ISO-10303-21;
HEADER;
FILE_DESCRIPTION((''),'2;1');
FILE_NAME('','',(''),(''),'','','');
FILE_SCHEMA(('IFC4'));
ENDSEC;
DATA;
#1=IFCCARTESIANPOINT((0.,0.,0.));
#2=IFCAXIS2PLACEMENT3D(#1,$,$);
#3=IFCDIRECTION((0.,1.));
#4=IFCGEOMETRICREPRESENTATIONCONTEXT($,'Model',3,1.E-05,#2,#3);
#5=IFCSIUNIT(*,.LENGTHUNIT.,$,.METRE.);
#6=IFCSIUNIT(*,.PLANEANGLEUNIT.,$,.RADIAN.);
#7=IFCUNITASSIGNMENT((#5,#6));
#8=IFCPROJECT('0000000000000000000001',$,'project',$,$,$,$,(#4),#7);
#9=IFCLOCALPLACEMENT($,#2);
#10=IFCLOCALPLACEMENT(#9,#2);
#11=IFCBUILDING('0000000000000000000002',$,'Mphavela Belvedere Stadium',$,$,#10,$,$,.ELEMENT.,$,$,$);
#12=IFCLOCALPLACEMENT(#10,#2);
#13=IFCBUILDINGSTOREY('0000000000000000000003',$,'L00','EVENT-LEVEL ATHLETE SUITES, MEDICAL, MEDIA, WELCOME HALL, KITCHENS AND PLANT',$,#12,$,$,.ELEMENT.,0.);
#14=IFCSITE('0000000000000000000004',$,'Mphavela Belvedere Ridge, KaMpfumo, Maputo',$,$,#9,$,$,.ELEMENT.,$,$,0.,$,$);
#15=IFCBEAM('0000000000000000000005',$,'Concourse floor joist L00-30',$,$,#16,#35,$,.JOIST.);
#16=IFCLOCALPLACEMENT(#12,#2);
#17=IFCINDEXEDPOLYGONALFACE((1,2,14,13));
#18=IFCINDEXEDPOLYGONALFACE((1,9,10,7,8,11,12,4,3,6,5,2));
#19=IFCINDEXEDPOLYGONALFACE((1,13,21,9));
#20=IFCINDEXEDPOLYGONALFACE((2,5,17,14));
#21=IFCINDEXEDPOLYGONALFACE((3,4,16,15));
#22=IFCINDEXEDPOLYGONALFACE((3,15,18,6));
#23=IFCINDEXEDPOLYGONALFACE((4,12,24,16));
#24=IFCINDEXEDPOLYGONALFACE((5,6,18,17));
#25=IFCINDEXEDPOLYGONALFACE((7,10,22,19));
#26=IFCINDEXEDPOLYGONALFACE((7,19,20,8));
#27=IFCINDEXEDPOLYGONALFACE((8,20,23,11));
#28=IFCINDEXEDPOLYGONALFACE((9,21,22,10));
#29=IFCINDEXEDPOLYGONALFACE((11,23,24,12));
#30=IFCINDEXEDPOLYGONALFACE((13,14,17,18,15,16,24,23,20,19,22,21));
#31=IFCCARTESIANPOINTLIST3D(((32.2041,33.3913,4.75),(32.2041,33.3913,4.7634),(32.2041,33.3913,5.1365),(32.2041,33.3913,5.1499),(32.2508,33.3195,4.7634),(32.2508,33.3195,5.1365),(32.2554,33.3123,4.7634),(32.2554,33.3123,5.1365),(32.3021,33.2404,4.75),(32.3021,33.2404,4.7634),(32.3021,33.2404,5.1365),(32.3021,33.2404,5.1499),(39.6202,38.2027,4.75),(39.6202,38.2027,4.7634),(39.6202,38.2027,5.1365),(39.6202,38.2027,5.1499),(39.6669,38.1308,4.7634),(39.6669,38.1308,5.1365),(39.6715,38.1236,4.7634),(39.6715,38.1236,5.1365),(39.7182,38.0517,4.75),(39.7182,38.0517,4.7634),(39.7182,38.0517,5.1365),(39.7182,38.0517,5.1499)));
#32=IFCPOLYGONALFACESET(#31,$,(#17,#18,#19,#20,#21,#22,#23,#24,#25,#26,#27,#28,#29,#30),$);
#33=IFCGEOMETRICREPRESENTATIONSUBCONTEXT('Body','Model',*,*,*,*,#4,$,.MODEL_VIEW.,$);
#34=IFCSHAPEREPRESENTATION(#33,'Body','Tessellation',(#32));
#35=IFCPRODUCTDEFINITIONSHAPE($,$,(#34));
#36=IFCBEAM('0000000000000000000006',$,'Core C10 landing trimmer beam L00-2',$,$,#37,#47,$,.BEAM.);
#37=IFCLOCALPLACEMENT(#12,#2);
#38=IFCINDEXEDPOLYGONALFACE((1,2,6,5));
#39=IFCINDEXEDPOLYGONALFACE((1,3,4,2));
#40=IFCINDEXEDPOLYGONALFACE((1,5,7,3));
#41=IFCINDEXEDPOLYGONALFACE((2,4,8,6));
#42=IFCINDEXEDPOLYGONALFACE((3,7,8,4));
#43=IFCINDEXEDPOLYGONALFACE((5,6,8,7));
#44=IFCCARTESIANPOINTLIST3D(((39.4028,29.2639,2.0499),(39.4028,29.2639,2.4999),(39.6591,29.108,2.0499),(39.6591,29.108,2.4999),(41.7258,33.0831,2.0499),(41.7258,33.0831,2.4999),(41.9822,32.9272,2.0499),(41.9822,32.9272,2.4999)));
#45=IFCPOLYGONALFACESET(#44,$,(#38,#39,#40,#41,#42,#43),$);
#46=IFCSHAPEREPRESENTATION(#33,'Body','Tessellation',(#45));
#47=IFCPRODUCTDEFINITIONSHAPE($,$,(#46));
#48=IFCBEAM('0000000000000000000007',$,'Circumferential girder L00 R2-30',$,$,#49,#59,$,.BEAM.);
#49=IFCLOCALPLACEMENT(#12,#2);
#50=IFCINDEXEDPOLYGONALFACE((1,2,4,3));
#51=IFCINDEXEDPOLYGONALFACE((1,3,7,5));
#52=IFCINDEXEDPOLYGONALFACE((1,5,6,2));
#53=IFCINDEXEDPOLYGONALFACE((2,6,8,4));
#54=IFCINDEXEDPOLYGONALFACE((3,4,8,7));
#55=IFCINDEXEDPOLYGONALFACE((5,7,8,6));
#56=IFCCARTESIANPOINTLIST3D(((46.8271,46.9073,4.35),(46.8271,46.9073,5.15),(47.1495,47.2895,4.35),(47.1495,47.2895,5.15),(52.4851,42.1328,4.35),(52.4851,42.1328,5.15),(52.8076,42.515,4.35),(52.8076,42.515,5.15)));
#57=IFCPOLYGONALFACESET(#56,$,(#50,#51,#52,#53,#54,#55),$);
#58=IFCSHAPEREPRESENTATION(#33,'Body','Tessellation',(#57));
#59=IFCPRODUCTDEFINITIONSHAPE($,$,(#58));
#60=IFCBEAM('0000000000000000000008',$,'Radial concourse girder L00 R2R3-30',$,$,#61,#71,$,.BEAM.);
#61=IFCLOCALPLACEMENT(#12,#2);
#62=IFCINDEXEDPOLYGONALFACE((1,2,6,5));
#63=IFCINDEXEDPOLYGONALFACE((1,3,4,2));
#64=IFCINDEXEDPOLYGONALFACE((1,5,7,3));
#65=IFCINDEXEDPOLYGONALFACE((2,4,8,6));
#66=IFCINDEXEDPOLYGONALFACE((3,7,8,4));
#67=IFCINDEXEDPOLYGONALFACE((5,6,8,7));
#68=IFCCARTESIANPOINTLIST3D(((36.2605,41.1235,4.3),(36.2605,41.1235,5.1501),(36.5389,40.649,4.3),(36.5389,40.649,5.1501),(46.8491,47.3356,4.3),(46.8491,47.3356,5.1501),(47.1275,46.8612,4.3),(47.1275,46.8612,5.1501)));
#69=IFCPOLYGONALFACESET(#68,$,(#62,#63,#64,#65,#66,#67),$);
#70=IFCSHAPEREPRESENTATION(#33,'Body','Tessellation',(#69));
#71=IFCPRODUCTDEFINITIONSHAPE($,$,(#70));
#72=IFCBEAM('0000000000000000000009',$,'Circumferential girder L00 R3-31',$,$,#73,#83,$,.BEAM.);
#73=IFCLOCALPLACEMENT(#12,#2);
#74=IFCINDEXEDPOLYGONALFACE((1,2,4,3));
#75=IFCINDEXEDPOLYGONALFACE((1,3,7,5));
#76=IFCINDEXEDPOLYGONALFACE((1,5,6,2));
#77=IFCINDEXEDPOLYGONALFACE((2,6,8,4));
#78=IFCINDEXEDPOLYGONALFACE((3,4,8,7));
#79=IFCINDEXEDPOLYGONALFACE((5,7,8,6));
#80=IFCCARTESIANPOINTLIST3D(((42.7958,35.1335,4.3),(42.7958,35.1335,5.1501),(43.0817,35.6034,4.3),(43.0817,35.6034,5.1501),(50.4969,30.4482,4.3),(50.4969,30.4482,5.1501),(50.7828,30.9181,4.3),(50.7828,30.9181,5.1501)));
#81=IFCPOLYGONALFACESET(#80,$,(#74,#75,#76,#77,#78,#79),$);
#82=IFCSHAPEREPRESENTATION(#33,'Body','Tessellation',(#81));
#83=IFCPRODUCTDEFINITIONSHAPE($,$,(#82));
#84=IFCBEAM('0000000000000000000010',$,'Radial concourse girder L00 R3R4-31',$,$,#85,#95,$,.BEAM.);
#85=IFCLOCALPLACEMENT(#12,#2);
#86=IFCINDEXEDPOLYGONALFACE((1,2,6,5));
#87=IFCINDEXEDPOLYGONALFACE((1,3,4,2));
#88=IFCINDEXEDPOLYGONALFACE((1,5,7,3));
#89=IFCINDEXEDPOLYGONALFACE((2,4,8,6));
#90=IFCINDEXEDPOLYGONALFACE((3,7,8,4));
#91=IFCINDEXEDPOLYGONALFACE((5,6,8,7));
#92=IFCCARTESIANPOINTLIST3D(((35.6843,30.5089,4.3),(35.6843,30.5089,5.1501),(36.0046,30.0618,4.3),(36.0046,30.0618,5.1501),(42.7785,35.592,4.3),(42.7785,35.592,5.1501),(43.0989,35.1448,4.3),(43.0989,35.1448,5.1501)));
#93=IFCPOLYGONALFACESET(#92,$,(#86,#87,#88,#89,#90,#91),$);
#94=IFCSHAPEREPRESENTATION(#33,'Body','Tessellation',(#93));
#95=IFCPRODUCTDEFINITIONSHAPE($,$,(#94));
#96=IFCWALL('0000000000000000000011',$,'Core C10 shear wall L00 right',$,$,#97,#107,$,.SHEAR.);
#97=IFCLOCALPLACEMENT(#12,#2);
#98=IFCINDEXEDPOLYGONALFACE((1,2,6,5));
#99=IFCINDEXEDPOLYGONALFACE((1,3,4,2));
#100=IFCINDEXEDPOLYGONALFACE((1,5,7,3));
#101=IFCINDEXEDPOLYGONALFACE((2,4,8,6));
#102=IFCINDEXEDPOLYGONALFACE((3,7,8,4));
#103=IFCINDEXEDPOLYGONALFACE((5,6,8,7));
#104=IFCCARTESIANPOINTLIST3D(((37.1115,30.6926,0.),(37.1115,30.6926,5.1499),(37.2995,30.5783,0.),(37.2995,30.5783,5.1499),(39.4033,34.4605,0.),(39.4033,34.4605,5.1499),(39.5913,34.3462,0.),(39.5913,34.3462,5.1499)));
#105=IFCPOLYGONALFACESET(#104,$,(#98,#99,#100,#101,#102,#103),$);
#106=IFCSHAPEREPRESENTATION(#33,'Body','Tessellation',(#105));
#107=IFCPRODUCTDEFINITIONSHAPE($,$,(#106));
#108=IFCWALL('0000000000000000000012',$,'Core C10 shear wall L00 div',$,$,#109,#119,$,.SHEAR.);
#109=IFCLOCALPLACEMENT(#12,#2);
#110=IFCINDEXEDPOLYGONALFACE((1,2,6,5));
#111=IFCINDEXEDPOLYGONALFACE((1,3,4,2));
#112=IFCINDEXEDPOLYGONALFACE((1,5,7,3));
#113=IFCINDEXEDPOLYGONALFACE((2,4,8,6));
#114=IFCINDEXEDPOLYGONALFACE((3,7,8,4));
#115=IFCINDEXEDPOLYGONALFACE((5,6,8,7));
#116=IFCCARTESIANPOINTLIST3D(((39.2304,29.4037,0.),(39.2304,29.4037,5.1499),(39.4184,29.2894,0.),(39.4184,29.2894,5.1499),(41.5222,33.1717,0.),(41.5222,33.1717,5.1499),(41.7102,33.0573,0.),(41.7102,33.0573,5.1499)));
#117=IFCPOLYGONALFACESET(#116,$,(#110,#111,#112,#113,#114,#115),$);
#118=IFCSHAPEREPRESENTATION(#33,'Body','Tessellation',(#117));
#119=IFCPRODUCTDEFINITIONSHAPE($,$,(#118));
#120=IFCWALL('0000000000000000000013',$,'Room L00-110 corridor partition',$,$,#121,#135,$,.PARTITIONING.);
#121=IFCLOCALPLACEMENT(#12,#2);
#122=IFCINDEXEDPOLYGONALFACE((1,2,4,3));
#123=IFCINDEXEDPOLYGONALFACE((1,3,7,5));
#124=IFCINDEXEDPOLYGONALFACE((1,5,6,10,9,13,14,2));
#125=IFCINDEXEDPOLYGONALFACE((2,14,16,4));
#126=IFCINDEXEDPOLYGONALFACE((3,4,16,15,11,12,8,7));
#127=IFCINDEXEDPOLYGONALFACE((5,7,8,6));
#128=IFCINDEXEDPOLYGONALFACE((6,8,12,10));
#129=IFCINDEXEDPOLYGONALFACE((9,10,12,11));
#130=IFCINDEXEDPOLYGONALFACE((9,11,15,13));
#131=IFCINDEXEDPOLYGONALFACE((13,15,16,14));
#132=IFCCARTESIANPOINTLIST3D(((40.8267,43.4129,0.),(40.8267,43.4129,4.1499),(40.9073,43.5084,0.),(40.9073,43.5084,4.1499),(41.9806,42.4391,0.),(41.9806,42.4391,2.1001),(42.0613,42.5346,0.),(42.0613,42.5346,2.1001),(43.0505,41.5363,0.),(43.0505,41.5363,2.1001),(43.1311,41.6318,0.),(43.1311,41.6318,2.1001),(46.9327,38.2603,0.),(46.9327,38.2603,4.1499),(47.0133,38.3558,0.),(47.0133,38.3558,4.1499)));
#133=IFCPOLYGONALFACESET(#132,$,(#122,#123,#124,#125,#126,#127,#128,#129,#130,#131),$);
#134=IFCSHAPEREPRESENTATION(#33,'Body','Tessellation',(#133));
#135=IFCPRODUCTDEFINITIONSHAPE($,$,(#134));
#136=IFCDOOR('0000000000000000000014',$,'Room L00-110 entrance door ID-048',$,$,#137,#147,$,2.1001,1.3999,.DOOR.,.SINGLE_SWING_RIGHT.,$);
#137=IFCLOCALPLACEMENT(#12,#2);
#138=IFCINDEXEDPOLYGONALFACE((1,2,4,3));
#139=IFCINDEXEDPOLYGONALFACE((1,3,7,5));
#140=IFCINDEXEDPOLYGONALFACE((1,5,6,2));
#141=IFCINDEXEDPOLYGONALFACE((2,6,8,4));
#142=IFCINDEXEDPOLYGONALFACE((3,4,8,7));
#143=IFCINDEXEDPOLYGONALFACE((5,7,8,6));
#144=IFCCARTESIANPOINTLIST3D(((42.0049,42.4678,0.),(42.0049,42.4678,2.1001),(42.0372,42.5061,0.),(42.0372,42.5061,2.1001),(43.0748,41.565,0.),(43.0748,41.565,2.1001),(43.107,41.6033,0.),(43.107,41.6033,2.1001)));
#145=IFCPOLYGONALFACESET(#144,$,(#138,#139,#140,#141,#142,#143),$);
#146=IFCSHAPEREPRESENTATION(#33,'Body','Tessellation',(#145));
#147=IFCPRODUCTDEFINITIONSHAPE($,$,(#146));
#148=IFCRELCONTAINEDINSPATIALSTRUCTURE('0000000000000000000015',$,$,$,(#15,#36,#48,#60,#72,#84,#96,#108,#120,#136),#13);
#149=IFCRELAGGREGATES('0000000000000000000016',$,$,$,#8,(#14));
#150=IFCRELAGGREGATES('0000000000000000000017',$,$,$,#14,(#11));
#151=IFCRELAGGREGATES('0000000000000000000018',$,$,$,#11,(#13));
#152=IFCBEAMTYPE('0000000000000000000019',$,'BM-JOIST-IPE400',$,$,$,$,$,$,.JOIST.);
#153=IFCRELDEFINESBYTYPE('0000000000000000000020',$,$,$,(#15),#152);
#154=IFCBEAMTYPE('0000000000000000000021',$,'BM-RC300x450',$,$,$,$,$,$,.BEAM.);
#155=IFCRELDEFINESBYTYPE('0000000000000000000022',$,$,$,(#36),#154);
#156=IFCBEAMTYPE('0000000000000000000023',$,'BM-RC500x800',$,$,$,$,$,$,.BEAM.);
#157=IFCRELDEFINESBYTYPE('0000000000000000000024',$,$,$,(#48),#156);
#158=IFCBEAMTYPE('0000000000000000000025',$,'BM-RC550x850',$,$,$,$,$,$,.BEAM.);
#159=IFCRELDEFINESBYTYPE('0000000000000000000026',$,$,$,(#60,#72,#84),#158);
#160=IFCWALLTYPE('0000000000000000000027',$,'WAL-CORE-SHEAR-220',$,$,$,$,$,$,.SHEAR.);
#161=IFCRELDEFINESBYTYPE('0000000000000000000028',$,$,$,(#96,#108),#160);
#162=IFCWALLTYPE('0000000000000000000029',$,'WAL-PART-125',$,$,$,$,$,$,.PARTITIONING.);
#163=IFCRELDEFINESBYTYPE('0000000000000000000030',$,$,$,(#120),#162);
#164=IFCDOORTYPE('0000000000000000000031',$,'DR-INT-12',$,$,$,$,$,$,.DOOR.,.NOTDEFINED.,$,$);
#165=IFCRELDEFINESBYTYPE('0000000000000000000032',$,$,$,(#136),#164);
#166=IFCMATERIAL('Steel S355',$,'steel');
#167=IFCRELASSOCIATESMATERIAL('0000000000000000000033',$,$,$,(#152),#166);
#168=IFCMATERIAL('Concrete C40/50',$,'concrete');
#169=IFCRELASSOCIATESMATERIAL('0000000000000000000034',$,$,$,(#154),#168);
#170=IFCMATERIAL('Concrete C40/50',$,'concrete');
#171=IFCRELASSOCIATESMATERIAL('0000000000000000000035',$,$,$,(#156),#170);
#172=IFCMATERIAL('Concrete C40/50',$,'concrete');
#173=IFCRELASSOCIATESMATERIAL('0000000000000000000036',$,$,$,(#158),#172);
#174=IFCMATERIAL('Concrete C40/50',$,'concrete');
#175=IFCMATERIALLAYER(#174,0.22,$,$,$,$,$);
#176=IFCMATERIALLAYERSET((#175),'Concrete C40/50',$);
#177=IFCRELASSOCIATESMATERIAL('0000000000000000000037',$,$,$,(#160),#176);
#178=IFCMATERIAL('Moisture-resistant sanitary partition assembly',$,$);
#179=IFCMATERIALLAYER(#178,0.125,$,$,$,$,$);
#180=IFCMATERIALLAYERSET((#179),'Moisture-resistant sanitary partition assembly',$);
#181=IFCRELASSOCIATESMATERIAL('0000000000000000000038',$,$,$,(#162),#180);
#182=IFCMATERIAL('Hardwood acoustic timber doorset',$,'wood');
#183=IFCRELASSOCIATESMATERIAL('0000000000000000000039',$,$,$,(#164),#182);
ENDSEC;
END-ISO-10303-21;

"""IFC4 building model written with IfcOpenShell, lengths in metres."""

from ifc_helpers import new_model, si_unit, direction, frame, frame_2d, origin, origin_2d, place, context, subcontext, project, spatial, rectangle, i_section, extrude, material, layer, layer_set, material_profile, profile_set, type_object, element, fill, save


model = new_model("IFC4")

# Units and contexts
model_context = context("Model", 3, precision=1e-05, world=origin(), true_north=direction((0.0, 1.0)))
body_context = subcontext(model_context, "Body", "Model", "MODEL_VIEW")
ifc_project = project(units=[si_unit("LENGTHUNIT", "METRE"), si_unit("PLANEANGLEUNIT", "RADIAN")], contexts=[model_context])

# Site, building, storey
site_placement = place(None, origin())
site = spatial("IfcSite", under=ifc_project, at=site_placement, Name="Mphavela Belvedere Ridge, KaMpfumo, Maputo", CompositionType="ELEMENT", RefElevation=0.0)
building_placement = place(site_placement, origin())
building = spatial("IfcBuilding", under=site, at=building_placement, Name="Mphavela Belvedere Stadium", CompositionType="ELEMENT")
storey_placement = place(building_placement, origin())
storey = spatial("IfcBuildingStorey", under=building, at=storey_placement, Name="L00", Description="EVENT-LEVEL ATHLETE SUITES, MEDICAL, MEDIA, WELCOME HALL, KITCHENS AND PLANT", CompositionType="ELEMENT", Elevation=0.0)

# Beams
ifc_material_1 = material(Name="Steel S355", Category="steel")
ifc_material_profile_1 = material_profile(ifc_material_1, i_section(OverallWidth=0.1799, OverallDepth=0.3999, WebThickness=0.0085, FlangeThickness=0.0134, at=origin_2d()), Name="IPE 400")
ifc_profile_set_1 = profile_set([ifc_material_profile_1], Name="Steel S355")
beam_type_1 = type_object("IfcBeamType", Name="BM-JOIST-IPE400", PredefinedType="JOIST", material=ifc_profile_set_1)
beam_1_placement = place(storey_placement, frame((39.6692, 38.1272, 4.95), z_axis=(-0.838915, -0.544262, 0.0), x_axis=(0.544262, -0.838915, 0.0)))
element("IfcBeam", 1, at=beam_1_placement, inside=storey, type_object=beam_type_1, Name="Concourse floor joist L00-30", PredefinedType="JOIST", context=body_context, shape_type="SweptSolid", body=[
    extrude(i_section(OverallWidth=0.1799, OverallDepth=0.3999, WebThickness=0.0085, FlangeThickness=0.0134, at=origin_2d()), origin(), (0.0, 0.0, 1.0), 8.8401),
])
ifc_material_2 = material(Name="Concrete C40/50", Category="concrete")
ifc_material_profile_2 = material_profile(ifc_material_2, rectangle(XDim=0.3, YDim=0.45, at=origin_2d()), Name="RC 300x450")
ifc_profile_set_2 = profile_set([ifc_material_profile_2], Name="Concrete C40/50")
beam_type_2 = type_object("IfcBeamType", Name="BM-RC300x450", PredefinedType="BEAM", material=ifc_profile_set_2)
beam_2_placement = place(storey_placement, frame((41.854, 33.0051, 2.2749), z_axis=(-0.519675, -0.854364, 0.0), x_axis=(0.854364, -0.519675, 0.0)))
element("IfcBeam", 2, at=beam_2_placement, inside=storey, type_object=beam_type_2, Name="Core C10 landing trimmer beam L00-2", PredefinedType="BEAM", context=body_context, shape_type="SweptSolid", body=[
    extrude(rectangle(XDim=0.3, YDim=0.45, at=origin_2d()), origin(), (0.0, 0.0, 1.0), 4.4702),
])
ifc_material_3 = material(Name="Concrete C40/50", Category="concrete")
ifc_material_profile_3 = material_profile(ifc_material_3, rectangle(XDim=0.5, YDim=0.8, at=origin_2d()), Name="RC 500x800")
ifc_profile_set_3 = profile_set([ifc_material_profile_3], Name="Concrete C40/50")
beam_type_3 = type_object("IfcBeamType", Name="BM-RC500x800", PredefinedType="BEAM", material=ifc_profile_set_3)
beam_3_placement = place(storey_placement, frame((46.9883, 47.0984, 4.75), z_axis=(0.764257, -0.644911, 0.0), x_axis=(0.644911, 0.764257, 0.0)))
element("IfcBeam", 3, at=beam_3_placement, inside=storey, type_object=beam_type_3, Name="Circumferential girder L00 R2-30", PredefinedType="BEAM", context=body_context, shape_type="SweptSolid", body=[
    extrude(rectangle(XDim=0.5, YDim=0.8, at=origin_2d()), origin(), (0.0, 0.0, 1.0), 7.4033),
])
ifc_material_4 = material(Name="Concrete C40/50", Category="concrete")
ifc_material_profile_4 = material_profile(ifc_material_4, rectangle(XDim=0.55, YDim=0.8501, at=origin_2d()), Name="RC 550x850")
ifc_profile_set_4 = profile_set([ifc_material_profile_4], Name="Concrete C40/50")
beam_type_4 = type_object("IfcBeamType", Name="BM-RC550x850", PredefinedType="BEAM", material=ifc_profile_set_4)
beam_4_placement = place(storey_placement, frame((46.9883, 47.0984, 4.7251), z_axis=(-0.862519, -0.506025, 0.0), x_axis=(0.506025, -0.862519, 0.0)))
element("IfcBeam", 4, at=beam_4_placement, inside=storey, type_object=beam_type_4, Name="Radial concourse girder L00 R2R3-30", PredefinedType="BEAM", context=body_context, shape_type="SweptSolid", body=[
    extrude(rectangle(XDim=0.55, YDim=0.8501, at=origin_2d()), origin(), (0.0, 0.0, 1.0), 12.2764),
])
beam_5_placement = place(storey_placement, frame((42.9387, 35.3684, 4.7251), z_axis=(0.854315, -0.519755, 0.0), x_axis=(0.519755, 0.854315, 0.0)))
element("IfcBeam", 5, at=beam_5_placement, inside=storey, type_object=beam_type_4, Name="Circumferential girder L00 R3-31", PredefinedType="BEAM", context=body_context, shape_type="SweptSolid", body=[
    extrude(rectangle(XDim=0.55, YDim=0.8501, at=origin_2d()), origin(), (0.0, 0.0, 1.0), 9.0144),
])
beam_6_placement = place(storey_placement, frame((42.9387, 35.3684, 4.7251), z_axis=(-0.812882, -0.582428, 0.0), x_axis=(0.582428, -0.812882, 0.0)))
element("IfcBeam", 6, at=beam_6_placement, inside=storey, type_object=beam_type_4, Name="Radial concourse girder L00 R3R4-31", PredefinedType="BEAM", context=body_context, shape_type="SweptSolid", body=[
    extrude(rectangle(XDim=0.55, YDim=0.8501, at=origin_2d()), origin(), (0.0, 0.0, 1.0), 8.7273),
])

# Walls
ifc_material_5 = material(Name="Concrete C40/50", Category="concrete")
ifc_layer_1 = layer(ifc_material_5, 0.22)
ifc_layer_set_1 = layer_set([ifc_layer_1], Name="Concrete C40/50")
wall_type_1 = type_object("IfcWallType", Name="WAL-CORE-SHEAR-220", PredefinedType="SHEAR", material=ifc_layer_set_1)
for number, where, z_axis, x_axis, name in (
    (7, (39.4973, 34.4033, 0.0), (0.0, 0.0, 1.0), (-0.519664, -0.854371, 0.0), "Core C10 shear wall L00 right"),
    (8, (41.6162, 33.1145, 0.0), (0.0, 0.0, 1.0), (-0.519664, -0.854371, 0.0), "Core C10 shear wall L00 div"),
):
    element("IfcWall", number, at=place(storey_placement, frame(where, z_axis=z_axis, x_axis=x_axis)), inside=storey, type_object=wall_type_1, Name=name, PredefinedType="SHEAR", context=body_context, shape_type="SweptSolid", body=[
        extrude(rectangle(XDim=4.4102, YDim=0.22, at=frame_2d((2.2051, 0.0))), origin(), (0.0, 0.0, 1.0), 5.1499),
    ])

# Wall, opening, door
ifc_material_6 = material(Name="Moisture-resistant sanitary partition assembly")
ifc_layer_2 = layer(ifc_material_6, 0.125)
ifc_layer_set_2 = layer_set([ifc_layer_2], Name="Moisture-resistant sanitary partition assembly")
wall_type_2 = type_object("IfcWallType", Name="WAL-PART-125", PredefinedType="PARTITIONING", material=ifc_layer_set_2)
wall_1_placement = place(storey_placement, frame((46.9729, 38.3081, 0.0), z_axis=(0.0, 0.0, 1.0), x_axis=(-0.764249, 0.644921, 0.0)))
wall_1 = element("IfcWall", 9, at=wall_1_placement, inside=storey, type_object=wall_type_2, Name="Room L00-110 corridor partition", PredefinedType="PARTITIONING", context=body_context, shape_type="SweptSolid", body=[
    extrude(rectangle(XDim=7.9895, YDim=0.125, at=frame_2d((3.9946, 0.0))), origin(), (0.0, 0.0, 1.0), 4.1499),
])
opening_1_placement = place(wall_1_placement, frame((5.0796, 0.0, 0.0)))
opening_1 = element("IfcOpeningElement", 10, at=opening_1_placement, cuts=wall_1, PredefinedType="OPENING", context=body_context, shape_type="SweptSolid", body=[
    extrude(rectangle(XDim=1.3999, YDim=2.1001, at=frame_2d((0.7, 1.05))), frame((0.0, 0.0725, 0.0), z_axis=(0.0, -1.0, 0.0), x_axis=(1.0, 0.0, 0.0)), (0.0, 0.0, 1.0), 0.145),
])
ifc_material_7 = material(Name="Hardwood acoustic timber doorset", Category="wood")
door_type_1 = type_object("IfcDoorType", Name="DR-INT-12", OperationType="NOTDEFINED", PredefinedType="DOOR", material=ifc_material_7)
door_1_placement = place(opening_1_placement, origin())
door_1 = element("IfcDoor", 11, at=door_1_placement, inside=storey, type_object=door_type_1, Name="Room L00-110 entrance door ID-048", OperationType="SINGLE_SWING_RIGHT", OverallHeight=2.1001, OverallWidth=1.3999, PredefinedType="DOOR", context=body_context, shape_type="SweptSolid", body=[
    extrude(rectangle(XDim=1.3999, YDim=2.1001, at=frame_2d((0.7, 1.05))), frame((0.0, 0.0249, 0.0), z_axis=(0.0, -1.0, 0.0), x_axis=(1.0, 0.0, 0.0)), (0.0, 0.0, 1.0), 0.05),
])
fill(opening_1, door_1)

save(model, "model.ifc")
